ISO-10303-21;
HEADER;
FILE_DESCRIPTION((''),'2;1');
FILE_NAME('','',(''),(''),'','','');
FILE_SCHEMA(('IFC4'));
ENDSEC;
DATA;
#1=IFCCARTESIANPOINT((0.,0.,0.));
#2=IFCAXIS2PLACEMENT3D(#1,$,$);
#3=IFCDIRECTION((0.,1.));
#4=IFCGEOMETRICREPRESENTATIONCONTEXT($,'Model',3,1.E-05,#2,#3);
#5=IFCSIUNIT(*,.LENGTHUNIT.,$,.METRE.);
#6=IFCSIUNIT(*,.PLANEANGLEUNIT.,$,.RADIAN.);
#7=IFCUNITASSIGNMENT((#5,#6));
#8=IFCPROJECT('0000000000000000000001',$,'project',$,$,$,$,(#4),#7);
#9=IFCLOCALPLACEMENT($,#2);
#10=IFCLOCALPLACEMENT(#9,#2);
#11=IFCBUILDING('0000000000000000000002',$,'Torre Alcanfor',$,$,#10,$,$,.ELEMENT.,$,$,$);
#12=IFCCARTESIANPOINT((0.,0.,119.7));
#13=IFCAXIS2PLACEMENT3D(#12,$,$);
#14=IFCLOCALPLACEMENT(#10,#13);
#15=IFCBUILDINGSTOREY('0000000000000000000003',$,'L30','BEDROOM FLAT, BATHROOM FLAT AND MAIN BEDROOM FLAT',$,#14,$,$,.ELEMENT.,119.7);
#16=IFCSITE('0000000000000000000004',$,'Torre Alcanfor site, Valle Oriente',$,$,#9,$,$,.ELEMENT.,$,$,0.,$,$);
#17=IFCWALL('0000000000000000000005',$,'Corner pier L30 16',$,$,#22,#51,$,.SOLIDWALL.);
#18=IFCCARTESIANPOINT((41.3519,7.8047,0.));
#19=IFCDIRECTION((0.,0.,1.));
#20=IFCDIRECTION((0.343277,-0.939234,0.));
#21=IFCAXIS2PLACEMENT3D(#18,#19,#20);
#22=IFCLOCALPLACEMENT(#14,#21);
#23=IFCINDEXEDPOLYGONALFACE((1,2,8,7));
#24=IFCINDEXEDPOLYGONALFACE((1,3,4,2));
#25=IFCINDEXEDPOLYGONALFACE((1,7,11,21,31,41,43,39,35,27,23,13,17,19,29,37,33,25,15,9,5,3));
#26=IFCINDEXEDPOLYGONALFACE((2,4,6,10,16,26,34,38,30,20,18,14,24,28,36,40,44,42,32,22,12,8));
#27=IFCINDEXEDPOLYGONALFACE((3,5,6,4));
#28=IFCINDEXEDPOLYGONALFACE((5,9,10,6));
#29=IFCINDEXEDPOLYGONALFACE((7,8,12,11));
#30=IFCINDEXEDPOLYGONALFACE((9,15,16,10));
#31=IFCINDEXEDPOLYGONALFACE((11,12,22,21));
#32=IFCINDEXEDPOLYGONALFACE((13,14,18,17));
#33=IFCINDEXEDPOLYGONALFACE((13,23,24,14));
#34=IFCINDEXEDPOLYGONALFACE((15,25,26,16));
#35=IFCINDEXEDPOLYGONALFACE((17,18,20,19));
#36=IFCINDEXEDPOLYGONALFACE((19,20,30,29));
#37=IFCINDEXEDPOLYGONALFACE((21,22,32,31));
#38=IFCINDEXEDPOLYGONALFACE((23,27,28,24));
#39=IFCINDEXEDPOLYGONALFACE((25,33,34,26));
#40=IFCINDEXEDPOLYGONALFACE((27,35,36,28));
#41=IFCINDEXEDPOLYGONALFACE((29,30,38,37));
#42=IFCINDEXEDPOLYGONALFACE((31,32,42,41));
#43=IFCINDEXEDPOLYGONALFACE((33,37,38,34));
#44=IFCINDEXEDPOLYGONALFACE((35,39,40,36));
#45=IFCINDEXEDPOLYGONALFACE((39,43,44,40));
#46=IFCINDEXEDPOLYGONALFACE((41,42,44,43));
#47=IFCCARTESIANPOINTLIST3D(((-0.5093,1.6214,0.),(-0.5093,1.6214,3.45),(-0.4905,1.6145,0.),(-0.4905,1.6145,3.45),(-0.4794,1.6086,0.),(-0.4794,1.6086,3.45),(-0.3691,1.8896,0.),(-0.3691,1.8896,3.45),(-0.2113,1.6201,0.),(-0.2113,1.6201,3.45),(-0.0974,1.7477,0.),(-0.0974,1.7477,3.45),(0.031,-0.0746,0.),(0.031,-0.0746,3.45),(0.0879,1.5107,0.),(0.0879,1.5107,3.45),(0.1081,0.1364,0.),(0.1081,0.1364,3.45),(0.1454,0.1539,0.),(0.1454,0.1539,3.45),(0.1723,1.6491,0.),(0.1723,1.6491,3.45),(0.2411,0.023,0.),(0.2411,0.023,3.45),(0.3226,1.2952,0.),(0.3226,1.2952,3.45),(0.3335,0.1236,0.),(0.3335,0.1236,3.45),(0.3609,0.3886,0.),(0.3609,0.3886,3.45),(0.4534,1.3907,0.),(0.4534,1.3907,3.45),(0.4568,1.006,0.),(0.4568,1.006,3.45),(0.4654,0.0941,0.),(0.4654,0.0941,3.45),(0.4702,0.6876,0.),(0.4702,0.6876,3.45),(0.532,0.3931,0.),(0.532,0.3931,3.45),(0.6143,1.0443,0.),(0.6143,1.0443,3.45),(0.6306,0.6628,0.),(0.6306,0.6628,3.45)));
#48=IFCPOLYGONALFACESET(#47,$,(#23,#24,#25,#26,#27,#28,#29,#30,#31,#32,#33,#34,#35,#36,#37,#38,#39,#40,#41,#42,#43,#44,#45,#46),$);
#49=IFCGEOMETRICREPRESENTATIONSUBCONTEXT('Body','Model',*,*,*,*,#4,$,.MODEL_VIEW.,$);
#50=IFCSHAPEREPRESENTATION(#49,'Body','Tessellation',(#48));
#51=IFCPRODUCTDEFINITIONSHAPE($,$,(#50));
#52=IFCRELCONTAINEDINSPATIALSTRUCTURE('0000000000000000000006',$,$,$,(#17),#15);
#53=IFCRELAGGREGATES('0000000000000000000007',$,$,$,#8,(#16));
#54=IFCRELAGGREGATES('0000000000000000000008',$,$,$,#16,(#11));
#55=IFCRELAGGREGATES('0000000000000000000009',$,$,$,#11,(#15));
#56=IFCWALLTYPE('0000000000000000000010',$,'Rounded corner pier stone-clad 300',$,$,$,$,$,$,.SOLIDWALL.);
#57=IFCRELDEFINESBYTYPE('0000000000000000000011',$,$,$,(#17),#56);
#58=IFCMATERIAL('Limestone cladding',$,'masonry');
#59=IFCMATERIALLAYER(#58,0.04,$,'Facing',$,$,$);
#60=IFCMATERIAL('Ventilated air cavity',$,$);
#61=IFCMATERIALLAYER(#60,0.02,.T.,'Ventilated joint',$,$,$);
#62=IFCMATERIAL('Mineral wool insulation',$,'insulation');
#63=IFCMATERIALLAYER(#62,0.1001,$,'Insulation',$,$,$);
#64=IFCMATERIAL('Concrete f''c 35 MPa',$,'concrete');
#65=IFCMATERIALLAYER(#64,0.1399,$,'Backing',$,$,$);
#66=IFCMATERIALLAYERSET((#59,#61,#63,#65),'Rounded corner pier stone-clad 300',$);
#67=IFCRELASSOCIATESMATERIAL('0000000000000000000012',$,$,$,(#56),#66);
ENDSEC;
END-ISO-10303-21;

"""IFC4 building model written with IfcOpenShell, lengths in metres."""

from ifc_helpers import new_model, si_unit, direction, frame, origin, place, context, subcontext, project, spatial, polyline, outline, extrude, material, layer, layer_set, type_object, element, save


model = new_model("IFC4")

# Units and contexts
model_context = context("Model", 3, precision=1e-05, world=origin(), true_north=direction((0.0, 1.0)))
body_context = subcontext(model_context, "Body", "Model", "MODEL_VIEW")
ifc_project = project(units=[si_unit("LENGTHUNIT", "METRE"), si_unit("PLANEANGLEUNIT", "RADIAN")], contexts=[model_context])

# Site, building, storey
site_placement = place(None, origin())
site = spatial("IfcSite", under=ifc_project, at=site_placement, Name="Torre Alcanfor site, Valle Oriente", CompositionType="ELEMENT", RefElevation=0.0)
building_placement = place(site_placement, origin())
building = spatial("IfcBuilding", under=site, at=building_placement, Name="Torre Alcanfor", CompositionType="ELEMENT")
storey_placement = place(building_placement, frame((0.0, 0.0, 119.7)))
storey = spatial("IfcBuildingStorey", under=building, at=storey_placement, Name="L30", Description="BEDROOM FLAT, BATHROOM FLAT AND MAIN BEDROOM FLAT", CompositionType="ELEMENT", Elevation=119.7)

# Shared definitions
ifc_material_1 = material(Name="Limestone cladding", Category="masonry")
ifc_material_2 = material(Name="Ventilated air cavity")
ifc_material_3 = material(Name="Mineral wool insulation", Category="insulation")
ifc_material_4 = material(Name="Concrete f'c 35 MPa", Category="concrete")

# Wall
ifc_layer_1 = layer(ifc_material_1, 0.04, Name="Facing")
ifc_layer_2 = layer(ifc_material_2, 0.02, ventilated=True, Name="Ventilated joint")
ifc_layer_3 = layer(ifc_material_3, 0.1001, Name="Insulation")
ifc_layer_4 = layer(ifc_material_4, 0.1399, Name="Backing")
ifc_layer_set_1 = layer_set([ifc_layer_1, ifc_layer_2, ifc_layer_3, ifc_layer_4], Name="Rounded corner pier stone-clad 300")
wall_type_1 = type_object("IfcWallType", Name="Rounded corner pier stone-clad 300", PredefinedType="SOLIDWALL", material=ifc_layer_set_1)
wall_1_placement = place(storey_placement, frame((41.3519, 7.8047, 0.0), z_axis=(0.0, 0.0, 1.0), x_axis=(0.343277, -0.939234, 0.0)))
element("IfcWall", 1, at=wall_1_placement, inside=storey, type_object=wall_type_1, Name="Corner pier L30 16", PredefinedType="SOLIDWALL", context=body_context, shape_type="SweptSolid", body=[
    extrude(outline(polyline([(-0.3691, 1.8896), (-0.5093, 1.6214), (-0.4905, 1.6145), (-0.4794, 1.6086), (-0.2113, 1.6201), (0.0879, 1.5107), (0.3226, 1.2952), (0.4568, 1.006), (0.4702, 0.6876), (0.3609, 0.3886), (0.1454, 0.1539), (0.1081, 0.1364), (0.031, -0.0746), (0.2411, 0.023), (0.3335, 0.1236), (0.4654, 0.0941), (0.532, 0.3931), (0.6306, 0.6628), (0.6143, 1.0443), (0.4534, 1.3907), (0.1723, 1.6491), (-0.0974, 1.7477), (-0.3691, 1.8896)])), origin(), (0.0, 0.0, 1.0), 3.45),
])

save(model, "model.ifc")
